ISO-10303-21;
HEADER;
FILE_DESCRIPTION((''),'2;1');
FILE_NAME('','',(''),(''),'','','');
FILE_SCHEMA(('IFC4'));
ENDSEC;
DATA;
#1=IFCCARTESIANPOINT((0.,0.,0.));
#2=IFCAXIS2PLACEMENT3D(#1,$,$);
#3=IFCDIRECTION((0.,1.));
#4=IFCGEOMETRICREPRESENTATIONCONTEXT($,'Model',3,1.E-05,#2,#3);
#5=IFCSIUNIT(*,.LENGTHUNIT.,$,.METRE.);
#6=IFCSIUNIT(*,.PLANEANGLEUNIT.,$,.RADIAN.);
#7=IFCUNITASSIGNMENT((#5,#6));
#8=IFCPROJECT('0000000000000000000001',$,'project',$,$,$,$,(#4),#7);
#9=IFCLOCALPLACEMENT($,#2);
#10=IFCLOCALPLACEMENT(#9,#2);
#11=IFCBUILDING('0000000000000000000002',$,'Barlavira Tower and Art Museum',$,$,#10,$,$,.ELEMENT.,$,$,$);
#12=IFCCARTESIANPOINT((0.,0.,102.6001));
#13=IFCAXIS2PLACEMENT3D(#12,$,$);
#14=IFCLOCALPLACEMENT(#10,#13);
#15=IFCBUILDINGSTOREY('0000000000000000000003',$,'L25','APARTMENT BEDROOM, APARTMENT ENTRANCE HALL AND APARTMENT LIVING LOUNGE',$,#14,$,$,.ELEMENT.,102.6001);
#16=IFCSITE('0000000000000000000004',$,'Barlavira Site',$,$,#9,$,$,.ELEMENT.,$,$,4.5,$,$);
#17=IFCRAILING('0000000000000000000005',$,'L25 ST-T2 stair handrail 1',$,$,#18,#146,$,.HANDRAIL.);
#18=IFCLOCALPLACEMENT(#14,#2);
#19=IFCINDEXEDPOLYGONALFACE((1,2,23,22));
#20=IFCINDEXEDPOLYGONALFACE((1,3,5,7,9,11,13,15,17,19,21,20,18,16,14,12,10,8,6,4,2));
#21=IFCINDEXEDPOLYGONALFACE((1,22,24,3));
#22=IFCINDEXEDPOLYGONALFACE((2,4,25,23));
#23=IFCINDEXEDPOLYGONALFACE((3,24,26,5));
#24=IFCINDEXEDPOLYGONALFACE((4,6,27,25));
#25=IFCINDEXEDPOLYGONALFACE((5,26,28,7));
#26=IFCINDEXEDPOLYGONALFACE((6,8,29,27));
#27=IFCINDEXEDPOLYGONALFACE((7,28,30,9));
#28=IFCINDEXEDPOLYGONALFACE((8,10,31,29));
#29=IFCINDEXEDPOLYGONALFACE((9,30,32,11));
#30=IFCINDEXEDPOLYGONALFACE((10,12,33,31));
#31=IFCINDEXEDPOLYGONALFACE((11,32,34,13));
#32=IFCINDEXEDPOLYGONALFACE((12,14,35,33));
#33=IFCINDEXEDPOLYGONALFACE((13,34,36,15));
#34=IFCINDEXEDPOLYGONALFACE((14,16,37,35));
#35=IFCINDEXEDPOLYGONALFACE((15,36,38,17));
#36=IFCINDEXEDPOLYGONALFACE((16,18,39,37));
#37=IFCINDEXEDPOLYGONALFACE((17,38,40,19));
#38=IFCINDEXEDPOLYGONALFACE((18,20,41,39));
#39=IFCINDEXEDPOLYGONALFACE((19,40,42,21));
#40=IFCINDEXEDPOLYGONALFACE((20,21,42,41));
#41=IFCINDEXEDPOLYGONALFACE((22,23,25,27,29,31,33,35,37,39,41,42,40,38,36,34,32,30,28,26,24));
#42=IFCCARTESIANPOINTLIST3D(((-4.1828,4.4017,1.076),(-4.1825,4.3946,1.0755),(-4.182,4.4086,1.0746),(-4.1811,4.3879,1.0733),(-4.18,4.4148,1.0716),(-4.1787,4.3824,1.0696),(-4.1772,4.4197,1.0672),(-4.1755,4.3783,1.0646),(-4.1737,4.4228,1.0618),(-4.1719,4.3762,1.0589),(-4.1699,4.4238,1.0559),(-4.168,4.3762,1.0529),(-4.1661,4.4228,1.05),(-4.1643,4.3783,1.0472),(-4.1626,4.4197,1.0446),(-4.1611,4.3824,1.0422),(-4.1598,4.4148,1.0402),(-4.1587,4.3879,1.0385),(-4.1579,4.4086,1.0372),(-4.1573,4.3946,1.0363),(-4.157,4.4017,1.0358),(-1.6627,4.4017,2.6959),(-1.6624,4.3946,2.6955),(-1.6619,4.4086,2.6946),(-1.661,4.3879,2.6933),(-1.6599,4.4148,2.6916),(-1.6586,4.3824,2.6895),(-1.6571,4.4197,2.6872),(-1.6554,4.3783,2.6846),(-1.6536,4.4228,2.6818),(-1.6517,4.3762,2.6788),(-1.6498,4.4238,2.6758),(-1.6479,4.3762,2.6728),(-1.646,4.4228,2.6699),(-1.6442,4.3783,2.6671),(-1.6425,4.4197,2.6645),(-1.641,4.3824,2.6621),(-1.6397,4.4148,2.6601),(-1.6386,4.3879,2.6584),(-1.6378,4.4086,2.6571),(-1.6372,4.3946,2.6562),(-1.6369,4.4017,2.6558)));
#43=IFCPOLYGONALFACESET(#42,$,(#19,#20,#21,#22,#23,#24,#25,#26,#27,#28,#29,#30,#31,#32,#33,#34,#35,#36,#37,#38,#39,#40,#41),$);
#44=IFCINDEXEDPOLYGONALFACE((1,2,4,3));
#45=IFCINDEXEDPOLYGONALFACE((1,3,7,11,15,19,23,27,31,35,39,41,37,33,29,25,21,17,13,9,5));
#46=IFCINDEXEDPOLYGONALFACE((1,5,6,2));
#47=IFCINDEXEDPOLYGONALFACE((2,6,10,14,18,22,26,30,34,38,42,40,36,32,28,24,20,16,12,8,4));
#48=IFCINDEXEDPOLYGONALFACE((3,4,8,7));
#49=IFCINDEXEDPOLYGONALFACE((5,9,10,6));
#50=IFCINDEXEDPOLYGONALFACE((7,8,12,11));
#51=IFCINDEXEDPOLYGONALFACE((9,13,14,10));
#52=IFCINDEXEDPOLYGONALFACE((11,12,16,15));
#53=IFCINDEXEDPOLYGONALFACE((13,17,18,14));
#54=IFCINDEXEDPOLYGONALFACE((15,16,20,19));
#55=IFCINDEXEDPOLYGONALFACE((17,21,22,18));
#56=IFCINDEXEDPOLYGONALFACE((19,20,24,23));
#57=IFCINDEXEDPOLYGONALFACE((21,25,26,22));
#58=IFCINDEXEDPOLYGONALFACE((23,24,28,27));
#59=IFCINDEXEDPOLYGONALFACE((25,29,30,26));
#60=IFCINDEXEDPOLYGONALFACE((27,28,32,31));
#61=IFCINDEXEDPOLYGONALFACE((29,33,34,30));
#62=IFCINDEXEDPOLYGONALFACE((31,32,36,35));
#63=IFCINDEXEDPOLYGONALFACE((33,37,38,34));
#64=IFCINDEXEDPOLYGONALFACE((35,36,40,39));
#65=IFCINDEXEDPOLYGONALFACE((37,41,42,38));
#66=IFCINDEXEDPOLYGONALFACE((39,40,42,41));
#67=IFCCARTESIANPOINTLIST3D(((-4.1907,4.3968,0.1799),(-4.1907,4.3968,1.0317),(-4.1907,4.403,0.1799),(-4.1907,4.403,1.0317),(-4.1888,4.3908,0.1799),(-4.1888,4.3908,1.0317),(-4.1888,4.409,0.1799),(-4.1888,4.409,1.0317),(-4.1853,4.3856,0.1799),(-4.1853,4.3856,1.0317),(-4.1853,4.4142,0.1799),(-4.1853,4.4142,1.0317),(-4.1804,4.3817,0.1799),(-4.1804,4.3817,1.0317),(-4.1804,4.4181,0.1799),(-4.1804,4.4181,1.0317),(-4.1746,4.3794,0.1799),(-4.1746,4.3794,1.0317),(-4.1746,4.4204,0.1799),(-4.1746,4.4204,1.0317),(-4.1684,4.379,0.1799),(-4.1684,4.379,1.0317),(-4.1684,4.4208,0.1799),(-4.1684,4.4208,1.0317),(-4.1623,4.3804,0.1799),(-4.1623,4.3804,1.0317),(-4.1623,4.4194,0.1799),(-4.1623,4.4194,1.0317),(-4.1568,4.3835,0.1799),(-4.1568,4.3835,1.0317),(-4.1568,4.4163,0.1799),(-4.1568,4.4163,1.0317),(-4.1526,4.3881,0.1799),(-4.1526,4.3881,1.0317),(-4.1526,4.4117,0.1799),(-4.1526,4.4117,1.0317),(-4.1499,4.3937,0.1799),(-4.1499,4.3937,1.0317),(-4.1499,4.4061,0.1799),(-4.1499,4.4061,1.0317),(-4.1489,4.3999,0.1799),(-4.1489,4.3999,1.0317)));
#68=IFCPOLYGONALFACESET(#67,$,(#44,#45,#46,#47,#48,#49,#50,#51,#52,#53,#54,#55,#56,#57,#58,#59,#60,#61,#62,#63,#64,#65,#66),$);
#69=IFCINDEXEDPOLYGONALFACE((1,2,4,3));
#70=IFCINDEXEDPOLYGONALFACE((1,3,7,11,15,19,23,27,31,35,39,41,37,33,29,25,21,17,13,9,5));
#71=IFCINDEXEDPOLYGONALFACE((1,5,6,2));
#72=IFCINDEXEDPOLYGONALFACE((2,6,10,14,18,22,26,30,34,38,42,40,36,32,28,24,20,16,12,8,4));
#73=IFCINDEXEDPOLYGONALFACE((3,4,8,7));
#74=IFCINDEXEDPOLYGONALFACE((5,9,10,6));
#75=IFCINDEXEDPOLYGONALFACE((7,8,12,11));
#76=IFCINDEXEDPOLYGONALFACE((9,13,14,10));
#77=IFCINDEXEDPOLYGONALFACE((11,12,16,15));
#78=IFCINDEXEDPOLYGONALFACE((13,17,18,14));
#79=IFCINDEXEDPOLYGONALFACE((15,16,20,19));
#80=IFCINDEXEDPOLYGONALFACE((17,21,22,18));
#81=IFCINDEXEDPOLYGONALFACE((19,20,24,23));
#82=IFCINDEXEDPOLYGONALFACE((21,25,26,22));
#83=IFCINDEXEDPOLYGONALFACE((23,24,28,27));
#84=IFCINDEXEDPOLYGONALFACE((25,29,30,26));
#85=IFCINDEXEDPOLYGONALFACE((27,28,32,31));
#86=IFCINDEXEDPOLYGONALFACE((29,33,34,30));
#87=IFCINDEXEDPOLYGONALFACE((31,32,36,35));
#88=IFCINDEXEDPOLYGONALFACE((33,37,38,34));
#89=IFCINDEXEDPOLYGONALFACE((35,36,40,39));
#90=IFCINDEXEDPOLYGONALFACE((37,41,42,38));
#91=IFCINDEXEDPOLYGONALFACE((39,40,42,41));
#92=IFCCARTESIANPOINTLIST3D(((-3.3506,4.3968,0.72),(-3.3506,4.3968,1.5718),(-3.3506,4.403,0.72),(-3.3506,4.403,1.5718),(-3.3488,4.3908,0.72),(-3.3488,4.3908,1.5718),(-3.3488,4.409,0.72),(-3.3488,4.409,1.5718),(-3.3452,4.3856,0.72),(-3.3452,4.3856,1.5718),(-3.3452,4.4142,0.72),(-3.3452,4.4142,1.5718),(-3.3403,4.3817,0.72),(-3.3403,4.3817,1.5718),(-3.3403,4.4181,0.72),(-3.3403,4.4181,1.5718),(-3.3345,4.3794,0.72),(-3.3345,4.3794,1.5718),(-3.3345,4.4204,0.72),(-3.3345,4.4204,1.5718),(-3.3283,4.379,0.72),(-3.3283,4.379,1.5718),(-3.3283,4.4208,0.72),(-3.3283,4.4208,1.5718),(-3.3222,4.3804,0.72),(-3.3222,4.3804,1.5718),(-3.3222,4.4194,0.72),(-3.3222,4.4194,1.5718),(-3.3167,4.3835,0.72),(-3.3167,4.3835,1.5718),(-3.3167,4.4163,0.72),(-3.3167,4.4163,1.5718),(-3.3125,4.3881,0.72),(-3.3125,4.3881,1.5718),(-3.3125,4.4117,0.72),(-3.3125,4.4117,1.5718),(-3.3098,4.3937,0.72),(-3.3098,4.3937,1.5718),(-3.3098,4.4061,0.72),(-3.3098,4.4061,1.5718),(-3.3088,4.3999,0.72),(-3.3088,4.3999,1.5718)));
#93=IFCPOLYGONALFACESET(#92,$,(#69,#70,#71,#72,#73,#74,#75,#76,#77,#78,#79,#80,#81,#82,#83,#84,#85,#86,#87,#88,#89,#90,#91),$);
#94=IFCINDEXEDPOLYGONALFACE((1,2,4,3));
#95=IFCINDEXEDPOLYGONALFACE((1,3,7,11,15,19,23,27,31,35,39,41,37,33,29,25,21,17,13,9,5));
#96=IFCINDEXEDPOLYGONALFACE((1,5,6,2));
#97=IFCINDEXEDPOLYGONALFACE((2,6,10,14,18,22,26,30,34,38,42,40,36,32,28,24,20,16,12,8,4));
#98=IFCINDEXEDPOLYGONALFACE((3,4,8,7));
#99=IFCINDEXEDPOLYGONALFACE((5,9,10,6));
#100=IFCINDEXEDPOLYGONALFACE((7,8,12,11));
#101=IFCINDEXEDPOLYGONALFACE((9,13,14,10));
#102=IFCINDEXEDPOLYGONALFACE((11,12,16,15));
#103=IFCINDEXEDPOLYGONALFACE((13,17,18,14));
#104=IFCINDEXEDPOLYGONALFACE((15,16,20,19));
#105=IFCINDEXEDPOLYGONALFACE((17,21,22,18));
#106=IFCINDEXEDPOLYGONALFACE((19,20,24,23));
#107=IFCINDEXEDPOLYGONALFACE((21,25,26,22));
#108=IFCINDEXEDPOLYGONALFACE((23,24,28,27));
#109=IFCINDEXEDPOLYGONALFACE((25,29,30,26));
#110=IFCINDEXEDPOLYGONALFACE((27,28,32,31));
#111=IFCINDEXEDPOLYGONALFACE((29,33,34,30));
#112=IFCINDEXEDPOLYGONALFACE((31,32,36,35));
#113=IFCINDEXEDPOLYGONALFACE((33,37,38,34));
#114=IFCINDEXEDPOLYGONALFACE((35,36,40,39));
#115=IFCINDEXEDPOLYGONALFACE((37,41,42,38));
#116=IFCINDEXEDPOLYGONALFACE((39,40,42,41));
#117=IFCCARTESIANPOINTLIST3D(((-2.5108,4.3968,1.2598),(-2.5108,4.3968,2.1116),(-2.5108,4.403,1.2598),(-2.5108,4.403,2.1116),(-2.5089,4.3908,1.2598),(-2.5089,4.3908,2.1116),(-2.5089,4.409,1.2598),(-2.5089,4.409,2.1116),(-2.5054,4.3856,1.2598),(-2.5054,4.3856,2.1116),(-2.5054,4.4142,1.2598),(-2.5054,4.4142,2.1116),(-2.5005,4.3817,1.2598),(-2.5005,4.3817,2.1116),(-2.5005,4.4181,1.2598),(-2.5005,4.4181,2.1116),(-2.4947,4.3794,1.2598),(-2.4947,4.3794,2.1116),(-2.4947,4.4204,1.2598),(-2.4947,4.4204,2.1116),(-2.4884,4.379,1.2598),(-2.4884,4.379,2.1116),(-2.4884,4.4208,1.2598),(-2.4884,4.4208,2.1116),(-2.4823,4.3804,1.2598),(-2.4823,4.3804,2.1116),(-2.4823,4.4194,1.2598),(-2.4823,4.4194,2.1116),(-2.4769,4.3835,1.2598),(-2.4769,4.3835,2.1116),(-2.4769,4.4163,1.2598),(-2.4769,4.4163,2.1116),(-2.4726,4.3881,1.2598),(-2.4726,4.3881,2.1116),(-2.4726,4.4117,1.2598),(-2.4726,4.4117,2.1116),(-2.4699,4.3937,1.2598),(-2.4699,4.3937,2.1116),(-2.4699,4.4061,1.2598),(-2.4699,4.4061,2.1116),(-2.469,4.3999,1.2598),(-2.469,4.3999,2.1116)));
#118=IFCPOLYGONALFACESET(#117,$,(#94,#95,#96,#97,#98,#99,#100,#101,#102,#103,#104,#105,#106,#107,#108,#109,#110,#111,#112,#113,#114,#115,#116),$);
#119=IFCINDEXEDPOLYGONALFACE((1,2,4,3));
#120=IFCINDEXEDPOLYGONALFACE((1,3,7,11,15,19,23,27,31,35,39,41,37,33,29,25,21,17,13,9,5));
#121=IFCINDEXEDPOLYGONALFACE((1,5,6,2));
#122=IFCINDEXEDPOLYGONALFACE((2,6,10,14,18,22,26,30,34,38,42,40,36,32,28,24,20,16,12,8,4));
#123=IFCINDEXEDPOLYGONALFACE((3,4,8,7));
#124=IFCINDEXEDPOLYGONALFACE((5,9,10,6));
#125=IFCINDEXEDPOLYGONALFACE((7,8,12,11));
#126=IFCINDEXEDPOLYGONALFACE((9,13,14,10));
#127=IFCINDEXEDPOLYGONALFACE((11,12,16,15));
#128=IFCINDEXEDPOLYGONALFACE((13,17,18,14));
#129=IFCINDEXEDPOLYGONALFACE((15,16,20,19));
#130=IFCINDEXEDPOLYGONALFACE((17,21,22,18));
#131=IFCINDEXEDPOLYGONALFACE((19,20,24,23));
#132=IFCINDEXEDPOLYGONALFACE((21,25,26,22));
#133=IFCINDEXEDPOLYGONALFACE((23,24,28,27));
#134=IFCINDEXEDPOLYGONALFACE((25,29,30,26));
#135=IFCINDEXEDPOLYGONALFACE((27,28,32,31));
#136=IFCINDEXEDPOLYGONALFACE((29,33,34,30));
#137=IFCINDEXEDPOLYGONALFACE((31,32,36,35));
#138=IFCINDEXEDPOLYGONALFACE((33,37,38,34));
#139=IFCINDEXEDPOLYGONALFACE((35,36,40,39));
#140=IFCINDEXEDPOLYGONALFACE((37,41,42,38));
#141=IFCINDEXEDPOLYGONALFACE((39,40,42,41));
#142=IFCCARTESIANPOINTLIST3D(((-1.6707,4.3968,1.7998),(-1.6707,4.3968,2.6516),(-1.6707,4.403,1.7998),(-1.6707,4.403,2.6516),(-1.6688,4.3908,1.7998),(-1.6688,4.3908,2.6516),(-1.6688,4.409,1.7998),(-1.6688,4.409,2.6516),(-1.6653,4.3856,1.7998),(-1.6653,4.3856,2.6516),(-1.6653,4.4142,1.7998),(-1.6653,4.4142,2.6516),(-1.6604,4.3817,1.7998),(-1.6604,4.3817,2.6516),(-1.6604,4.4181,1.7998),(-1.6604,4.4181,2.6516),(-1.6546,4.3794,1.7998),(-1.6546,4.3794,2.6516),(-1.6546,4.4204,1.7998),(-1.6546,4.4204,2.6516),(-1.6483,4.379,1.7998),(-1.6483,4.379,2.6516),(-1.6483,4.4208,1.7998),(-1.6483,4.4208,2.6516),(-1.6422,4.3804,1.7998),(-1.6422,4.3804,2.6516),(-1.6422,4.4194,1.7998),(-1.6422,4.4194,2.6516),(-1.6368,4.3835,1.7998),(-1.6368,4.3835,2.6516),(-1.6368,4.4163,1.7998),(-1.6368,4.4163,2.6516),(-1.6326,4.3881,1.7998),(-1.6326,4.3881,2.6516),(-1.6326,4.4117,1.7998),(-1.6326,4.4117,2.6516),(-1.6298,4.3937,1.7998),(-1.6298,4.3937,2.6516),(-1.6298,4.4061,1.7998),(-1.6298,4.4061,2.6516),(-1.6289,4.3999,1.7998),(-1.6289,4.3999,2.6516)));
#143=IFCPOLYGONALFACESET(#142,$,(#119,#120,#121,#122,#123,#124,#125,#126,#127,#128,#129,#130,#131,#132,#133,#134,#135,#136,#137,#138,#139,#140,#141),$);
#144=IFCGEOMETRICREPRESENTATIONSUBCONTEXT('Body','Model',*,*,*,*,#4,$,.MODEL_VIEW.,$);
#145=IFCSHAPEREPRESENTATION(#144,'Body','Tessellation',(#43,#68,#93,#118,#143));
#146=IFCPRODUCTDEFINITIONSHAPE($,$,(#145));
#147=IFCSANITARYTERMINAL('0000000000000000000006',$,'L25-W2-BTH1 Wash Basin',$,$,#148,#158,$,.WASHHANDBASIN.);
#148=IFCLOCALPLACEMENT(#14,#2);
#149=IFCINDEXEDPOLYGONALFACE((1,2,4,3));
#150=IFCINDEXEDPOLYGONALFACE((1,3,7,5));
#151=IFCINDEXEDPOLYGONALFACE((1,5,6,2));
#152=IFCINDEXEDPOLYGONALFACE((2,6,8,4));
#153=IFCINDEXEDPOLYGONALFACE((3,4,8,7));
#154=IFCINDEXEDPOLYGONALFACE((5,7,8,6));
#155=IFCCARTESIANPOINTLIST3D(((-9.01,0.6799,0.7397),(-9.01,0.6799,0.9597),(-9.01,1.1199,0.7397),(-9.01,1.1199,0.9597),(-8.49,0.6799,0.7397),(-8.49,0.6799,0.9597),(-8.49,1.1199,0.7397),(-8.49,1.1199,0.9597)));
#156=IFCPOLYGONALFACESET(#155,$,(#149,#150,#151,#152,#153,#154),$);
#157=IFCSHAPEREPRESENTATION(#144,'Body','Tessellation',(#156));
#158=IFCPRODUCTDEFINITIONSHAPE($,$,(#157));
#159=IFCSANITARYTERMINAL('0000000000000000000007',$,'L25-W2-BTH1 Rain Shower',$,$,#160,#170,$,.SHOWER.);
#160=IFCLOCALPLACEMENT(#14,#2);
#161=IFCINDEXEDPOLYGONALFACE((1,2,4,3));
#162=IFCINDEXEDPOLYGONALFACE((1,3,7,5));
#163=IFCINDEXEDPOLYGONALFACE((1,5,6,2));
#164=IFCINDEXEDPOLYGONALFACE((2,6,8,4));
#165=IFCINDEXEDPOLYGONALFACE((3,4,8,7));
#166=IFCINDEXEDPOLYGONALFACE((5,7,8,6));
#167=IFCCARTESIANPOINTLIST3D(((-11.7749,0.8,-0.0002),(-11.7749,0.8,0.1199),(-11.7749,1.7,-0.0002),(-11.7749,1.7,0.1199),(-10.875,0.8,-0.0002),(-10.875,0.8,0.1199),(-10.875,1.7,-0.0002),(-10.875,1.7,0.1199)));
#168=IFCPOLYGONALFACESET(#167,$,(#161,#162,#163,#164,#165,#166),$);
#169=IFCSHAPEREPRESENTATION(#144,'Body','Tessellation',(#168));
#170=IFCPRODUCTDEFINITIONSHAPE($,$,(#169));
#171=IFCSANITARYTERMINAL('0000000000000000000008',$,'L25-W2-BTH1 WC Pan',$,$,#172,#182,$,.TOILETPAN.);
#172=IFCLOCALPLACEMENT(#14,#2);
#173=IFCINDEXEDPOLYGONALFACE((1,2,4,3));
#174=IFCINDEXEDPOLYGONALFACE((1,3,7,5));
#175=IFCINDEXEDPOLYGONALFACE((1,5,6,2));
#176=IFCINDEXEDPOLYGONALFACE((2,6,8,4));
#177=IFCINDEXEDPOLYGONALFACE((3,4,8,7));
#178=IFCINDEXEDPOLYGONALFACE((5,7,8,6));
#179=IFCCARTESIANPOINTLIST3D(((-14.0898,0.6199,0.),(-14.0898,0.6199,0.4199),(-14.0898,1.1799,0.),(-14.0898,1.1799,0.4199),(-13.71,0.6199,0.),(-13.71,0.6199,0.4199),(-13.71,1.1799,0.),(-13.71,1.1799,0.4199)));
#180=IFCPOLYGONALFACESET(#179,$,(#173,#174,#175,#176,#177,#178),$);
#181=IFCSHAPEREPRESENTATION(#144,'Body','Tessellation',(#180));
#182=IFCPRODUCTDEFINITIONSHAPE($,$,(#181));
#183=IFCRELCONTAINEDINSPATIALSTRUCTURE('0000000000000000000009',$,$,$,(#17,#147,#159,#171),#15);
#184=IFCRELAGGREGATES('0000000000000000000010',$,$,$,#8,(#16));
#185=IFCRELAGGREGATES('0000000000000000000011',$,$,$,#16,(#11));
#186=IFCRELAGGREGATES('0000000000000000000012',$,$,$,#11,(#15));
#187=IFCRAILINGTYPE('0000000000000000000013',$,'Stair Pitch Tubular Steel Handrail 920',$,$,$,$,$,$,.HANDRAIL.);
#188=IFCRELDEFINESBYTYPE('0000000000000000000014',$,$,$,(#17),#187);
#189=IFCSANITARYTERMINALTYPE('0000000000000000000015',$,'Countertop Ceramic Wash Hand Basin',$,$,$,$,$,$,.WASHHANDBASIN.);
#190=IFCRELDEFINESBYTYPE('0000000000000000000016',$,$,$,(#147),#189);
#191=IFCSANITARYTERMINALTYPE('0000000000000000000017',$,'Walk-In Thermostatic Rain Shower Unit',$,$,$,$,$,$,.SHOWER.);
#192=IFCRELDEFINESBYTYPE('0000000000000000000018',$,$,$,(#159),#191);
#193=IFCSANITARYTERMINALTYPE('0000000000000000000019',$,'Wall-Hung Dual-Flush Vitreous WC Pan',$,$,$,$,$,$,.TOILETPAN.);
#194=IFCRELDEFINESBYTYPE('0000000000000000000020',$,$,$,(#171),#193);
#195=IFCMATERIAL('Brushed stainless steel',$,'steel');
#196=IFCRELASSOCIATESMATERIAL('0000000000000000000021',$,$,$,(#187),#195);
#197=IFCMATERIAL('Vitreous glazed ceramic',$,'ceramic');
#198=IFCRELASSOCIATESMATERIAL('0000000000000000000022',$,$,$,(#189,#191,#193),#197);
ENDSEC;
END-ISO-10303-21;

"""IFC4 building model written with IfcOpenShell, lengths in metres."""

from ifc_helpers import new_model, si_unit, direction, frame, origin, origin_2d, place, context, subcontext, project, spatial, rectangle, circle, extrude, material, type_object, element, save


model = new_model("IFC4")

# Units and contexts
model_context = context("Model", 3, precision=1e-05, world=origin(), true_north=direction((0.0, 1.0)))
body_context = subcontext(model_context, "Body", "Model", "MODEL_VIEW")
ifc_project = project(units=[si_unit("LENGTHUNIT", "METRE"), si_unit("PLANEANGLEUNIT", "RADIAN")], contexts=[model_context])

# Site, building, storey
site_placement = place(None, origin())
site = spatial("IfcSite", under=ifc_project, at=site_placement, Name="Barlavira Site", CompositionType="ELEMENT", RefElevation=4.5)
building_placement = place(site_placement, origin())
building = spatial("IfcBuilding", under=site, at=building_placement, Name="Barlavira Tower and Art Museum", CompositionType="ELEMENT")
storey_placement = place(building_placement, frame((0.0, 0.0, 102.6001)))
storey = spatial("IfcBuildingStorey", under=building, at=storey_placement, Name="L25", Description="APARTMENT BEDROOM, APARTMENT ENTRANCE HALL AND APARTMENT LIVING LOUNGE", CompositionType="ELEMENT", Elevation=102.6001)

# Shared definitions
ifc_material_1 = material(Name="Brushed stainless steel", Category="steel")

# Railing
railing_type_1 = type_object("IfcRailingType", Name="Stair Pitch Tubular Steel Handrail 920", PredefinedType="HANDRAIL", material=ifc_material_1)
railing_1_placement = place(storey_placement, frame((-4.1699, 4.3999, 0.1799)))
element("IfcRailing", 1, at=railing_1_placement, inside=storey, type_object=railing_type_1, Name="L25 ST-T2 stair handrail 1", PredefinedType="HANDRAIL", context=body_context, shape_type="SweptSolid", body=[
    extrude(circle(Radius=0.0239, at=origin_2d()), frame((0.0, 0.0, 0.876), z_axis=(0.8412, 0.0, 0.540725), x_axis=(0.0, 1.0, 0.0)), (0.0, 0.0, 1.0), 2.9958),
    extrude(circle(Radius=0.021, at=origin_2d()), origin(), (0.0, 0.0, 1.0), 0.8518),
    extrude(circle(Radius=0.021, at=origin_2d()), frame((0.8401, 0.0, 0.54)), (0.0, 0.0, 1.0), 0.8518),
    extrude(circle(Radius=0.021, at=origin_2d()), frame((1.6799, 0.0, 1.0798)), (0.0, 0.0, 1.0), 0.8518),
    extrude(circle(Radius=0.021, at=origin_2d()), frame((2.52, 0.0, 1.6199)), (0.0, 0.0, 1.0), 0.8518),
])

# Sanitary terminals
ifc_material_2 = material(Name="Vitreous glazed ceramic", Category="ceramic")
sanitary_terminal_type_1 = type_object("IfcSanitaryTerminalType", Name="Countertop Ceramic Wash Hand Basin", PredefinedType="WASHHANDBASIN", material=ifc_material_2)
sanitary_terminal_1_placement = place(storey_placement, frame((-8.75, 0.8999, 0.7397), z_axis=(0.0, 0.0, 1.0), x_axis=(1.0, 0.0, 0.0)))
element("IfcSanitaryTerminal", 2, at=sanitary_terminal_1_placement, inside=storey, type_object=sanitary_terminal_type_1, Name="L25-W2-BTH1 Wash Basin", PredefinedType="WASHHANDBASIN", context=body_context, shape_type="SweptSolid", body=[
    extrude(rectangle(XDim=0.52, YDim=0.4399, at=origin_2d()), origin(), (0.0, 0.0, 1.0), 0.22),
])
sanitary_terminal_type_2 = type_object("IfcSanitaryTerminalType", Name="Walk-In Thermostatic Rain Shower Unit", PredefinedType="SHOWER", material=ifc_material_2)
sanitary_terminal_2_placement = place(storey_placement, frame((-11.325, 1.25, -0.0002), z_axis=(0.0, 0.0, 1.0), x_axis=(1.0, 0.0, 0.0)))
element("IfcSanitaryTerminal", 3, at=sanitary_terminal_2_placement, inside=storey, type_object=sanitary_terminal_type_2, Name="L25-W2-BTH1 Rain Shower", PredefinedType="SHOWER", context=body_context, shape_type="SweptSolid", body=[
    extrude(rectangle(XDim=0.8999, YDim=0.8999, at=origin_2d()), origin(), (0.0, 0.0, 1.0), 0.1201),
])
sanitary_terminal_type_3 = type_object("IfcSanitaryTerminalType", Name="Wall-Hung Dual-Flush Vitreous WC Pan", PredefinedType="TOILETPAN", material=ifc_material_2)
sanitary_terminal_3_placement = place(storey_placement, frame((-13.8999, 0.8999, 0.0), z_axis=(0.0, 0.0, 1.0), x_axis=(1.0, 0.0, 0.0)))
element("IfcSanitaryTerminal", 4, at=sanitary_terminal_3_placement, inside=storey, type_object=sanitary_terminal_type_3, Name="L25-W2-BTH1 WC Pan", PredefinedType="TOILETPAN", context=body_context, shape_type="SweptSolid", body=[
    extrude(rectangle(XDim=0.3799, YDim=0.5601, at=origin_2d()), origin(), (0.0, 0.0, 1.0), 0.4199),
])

save(model, "model.ifc")
